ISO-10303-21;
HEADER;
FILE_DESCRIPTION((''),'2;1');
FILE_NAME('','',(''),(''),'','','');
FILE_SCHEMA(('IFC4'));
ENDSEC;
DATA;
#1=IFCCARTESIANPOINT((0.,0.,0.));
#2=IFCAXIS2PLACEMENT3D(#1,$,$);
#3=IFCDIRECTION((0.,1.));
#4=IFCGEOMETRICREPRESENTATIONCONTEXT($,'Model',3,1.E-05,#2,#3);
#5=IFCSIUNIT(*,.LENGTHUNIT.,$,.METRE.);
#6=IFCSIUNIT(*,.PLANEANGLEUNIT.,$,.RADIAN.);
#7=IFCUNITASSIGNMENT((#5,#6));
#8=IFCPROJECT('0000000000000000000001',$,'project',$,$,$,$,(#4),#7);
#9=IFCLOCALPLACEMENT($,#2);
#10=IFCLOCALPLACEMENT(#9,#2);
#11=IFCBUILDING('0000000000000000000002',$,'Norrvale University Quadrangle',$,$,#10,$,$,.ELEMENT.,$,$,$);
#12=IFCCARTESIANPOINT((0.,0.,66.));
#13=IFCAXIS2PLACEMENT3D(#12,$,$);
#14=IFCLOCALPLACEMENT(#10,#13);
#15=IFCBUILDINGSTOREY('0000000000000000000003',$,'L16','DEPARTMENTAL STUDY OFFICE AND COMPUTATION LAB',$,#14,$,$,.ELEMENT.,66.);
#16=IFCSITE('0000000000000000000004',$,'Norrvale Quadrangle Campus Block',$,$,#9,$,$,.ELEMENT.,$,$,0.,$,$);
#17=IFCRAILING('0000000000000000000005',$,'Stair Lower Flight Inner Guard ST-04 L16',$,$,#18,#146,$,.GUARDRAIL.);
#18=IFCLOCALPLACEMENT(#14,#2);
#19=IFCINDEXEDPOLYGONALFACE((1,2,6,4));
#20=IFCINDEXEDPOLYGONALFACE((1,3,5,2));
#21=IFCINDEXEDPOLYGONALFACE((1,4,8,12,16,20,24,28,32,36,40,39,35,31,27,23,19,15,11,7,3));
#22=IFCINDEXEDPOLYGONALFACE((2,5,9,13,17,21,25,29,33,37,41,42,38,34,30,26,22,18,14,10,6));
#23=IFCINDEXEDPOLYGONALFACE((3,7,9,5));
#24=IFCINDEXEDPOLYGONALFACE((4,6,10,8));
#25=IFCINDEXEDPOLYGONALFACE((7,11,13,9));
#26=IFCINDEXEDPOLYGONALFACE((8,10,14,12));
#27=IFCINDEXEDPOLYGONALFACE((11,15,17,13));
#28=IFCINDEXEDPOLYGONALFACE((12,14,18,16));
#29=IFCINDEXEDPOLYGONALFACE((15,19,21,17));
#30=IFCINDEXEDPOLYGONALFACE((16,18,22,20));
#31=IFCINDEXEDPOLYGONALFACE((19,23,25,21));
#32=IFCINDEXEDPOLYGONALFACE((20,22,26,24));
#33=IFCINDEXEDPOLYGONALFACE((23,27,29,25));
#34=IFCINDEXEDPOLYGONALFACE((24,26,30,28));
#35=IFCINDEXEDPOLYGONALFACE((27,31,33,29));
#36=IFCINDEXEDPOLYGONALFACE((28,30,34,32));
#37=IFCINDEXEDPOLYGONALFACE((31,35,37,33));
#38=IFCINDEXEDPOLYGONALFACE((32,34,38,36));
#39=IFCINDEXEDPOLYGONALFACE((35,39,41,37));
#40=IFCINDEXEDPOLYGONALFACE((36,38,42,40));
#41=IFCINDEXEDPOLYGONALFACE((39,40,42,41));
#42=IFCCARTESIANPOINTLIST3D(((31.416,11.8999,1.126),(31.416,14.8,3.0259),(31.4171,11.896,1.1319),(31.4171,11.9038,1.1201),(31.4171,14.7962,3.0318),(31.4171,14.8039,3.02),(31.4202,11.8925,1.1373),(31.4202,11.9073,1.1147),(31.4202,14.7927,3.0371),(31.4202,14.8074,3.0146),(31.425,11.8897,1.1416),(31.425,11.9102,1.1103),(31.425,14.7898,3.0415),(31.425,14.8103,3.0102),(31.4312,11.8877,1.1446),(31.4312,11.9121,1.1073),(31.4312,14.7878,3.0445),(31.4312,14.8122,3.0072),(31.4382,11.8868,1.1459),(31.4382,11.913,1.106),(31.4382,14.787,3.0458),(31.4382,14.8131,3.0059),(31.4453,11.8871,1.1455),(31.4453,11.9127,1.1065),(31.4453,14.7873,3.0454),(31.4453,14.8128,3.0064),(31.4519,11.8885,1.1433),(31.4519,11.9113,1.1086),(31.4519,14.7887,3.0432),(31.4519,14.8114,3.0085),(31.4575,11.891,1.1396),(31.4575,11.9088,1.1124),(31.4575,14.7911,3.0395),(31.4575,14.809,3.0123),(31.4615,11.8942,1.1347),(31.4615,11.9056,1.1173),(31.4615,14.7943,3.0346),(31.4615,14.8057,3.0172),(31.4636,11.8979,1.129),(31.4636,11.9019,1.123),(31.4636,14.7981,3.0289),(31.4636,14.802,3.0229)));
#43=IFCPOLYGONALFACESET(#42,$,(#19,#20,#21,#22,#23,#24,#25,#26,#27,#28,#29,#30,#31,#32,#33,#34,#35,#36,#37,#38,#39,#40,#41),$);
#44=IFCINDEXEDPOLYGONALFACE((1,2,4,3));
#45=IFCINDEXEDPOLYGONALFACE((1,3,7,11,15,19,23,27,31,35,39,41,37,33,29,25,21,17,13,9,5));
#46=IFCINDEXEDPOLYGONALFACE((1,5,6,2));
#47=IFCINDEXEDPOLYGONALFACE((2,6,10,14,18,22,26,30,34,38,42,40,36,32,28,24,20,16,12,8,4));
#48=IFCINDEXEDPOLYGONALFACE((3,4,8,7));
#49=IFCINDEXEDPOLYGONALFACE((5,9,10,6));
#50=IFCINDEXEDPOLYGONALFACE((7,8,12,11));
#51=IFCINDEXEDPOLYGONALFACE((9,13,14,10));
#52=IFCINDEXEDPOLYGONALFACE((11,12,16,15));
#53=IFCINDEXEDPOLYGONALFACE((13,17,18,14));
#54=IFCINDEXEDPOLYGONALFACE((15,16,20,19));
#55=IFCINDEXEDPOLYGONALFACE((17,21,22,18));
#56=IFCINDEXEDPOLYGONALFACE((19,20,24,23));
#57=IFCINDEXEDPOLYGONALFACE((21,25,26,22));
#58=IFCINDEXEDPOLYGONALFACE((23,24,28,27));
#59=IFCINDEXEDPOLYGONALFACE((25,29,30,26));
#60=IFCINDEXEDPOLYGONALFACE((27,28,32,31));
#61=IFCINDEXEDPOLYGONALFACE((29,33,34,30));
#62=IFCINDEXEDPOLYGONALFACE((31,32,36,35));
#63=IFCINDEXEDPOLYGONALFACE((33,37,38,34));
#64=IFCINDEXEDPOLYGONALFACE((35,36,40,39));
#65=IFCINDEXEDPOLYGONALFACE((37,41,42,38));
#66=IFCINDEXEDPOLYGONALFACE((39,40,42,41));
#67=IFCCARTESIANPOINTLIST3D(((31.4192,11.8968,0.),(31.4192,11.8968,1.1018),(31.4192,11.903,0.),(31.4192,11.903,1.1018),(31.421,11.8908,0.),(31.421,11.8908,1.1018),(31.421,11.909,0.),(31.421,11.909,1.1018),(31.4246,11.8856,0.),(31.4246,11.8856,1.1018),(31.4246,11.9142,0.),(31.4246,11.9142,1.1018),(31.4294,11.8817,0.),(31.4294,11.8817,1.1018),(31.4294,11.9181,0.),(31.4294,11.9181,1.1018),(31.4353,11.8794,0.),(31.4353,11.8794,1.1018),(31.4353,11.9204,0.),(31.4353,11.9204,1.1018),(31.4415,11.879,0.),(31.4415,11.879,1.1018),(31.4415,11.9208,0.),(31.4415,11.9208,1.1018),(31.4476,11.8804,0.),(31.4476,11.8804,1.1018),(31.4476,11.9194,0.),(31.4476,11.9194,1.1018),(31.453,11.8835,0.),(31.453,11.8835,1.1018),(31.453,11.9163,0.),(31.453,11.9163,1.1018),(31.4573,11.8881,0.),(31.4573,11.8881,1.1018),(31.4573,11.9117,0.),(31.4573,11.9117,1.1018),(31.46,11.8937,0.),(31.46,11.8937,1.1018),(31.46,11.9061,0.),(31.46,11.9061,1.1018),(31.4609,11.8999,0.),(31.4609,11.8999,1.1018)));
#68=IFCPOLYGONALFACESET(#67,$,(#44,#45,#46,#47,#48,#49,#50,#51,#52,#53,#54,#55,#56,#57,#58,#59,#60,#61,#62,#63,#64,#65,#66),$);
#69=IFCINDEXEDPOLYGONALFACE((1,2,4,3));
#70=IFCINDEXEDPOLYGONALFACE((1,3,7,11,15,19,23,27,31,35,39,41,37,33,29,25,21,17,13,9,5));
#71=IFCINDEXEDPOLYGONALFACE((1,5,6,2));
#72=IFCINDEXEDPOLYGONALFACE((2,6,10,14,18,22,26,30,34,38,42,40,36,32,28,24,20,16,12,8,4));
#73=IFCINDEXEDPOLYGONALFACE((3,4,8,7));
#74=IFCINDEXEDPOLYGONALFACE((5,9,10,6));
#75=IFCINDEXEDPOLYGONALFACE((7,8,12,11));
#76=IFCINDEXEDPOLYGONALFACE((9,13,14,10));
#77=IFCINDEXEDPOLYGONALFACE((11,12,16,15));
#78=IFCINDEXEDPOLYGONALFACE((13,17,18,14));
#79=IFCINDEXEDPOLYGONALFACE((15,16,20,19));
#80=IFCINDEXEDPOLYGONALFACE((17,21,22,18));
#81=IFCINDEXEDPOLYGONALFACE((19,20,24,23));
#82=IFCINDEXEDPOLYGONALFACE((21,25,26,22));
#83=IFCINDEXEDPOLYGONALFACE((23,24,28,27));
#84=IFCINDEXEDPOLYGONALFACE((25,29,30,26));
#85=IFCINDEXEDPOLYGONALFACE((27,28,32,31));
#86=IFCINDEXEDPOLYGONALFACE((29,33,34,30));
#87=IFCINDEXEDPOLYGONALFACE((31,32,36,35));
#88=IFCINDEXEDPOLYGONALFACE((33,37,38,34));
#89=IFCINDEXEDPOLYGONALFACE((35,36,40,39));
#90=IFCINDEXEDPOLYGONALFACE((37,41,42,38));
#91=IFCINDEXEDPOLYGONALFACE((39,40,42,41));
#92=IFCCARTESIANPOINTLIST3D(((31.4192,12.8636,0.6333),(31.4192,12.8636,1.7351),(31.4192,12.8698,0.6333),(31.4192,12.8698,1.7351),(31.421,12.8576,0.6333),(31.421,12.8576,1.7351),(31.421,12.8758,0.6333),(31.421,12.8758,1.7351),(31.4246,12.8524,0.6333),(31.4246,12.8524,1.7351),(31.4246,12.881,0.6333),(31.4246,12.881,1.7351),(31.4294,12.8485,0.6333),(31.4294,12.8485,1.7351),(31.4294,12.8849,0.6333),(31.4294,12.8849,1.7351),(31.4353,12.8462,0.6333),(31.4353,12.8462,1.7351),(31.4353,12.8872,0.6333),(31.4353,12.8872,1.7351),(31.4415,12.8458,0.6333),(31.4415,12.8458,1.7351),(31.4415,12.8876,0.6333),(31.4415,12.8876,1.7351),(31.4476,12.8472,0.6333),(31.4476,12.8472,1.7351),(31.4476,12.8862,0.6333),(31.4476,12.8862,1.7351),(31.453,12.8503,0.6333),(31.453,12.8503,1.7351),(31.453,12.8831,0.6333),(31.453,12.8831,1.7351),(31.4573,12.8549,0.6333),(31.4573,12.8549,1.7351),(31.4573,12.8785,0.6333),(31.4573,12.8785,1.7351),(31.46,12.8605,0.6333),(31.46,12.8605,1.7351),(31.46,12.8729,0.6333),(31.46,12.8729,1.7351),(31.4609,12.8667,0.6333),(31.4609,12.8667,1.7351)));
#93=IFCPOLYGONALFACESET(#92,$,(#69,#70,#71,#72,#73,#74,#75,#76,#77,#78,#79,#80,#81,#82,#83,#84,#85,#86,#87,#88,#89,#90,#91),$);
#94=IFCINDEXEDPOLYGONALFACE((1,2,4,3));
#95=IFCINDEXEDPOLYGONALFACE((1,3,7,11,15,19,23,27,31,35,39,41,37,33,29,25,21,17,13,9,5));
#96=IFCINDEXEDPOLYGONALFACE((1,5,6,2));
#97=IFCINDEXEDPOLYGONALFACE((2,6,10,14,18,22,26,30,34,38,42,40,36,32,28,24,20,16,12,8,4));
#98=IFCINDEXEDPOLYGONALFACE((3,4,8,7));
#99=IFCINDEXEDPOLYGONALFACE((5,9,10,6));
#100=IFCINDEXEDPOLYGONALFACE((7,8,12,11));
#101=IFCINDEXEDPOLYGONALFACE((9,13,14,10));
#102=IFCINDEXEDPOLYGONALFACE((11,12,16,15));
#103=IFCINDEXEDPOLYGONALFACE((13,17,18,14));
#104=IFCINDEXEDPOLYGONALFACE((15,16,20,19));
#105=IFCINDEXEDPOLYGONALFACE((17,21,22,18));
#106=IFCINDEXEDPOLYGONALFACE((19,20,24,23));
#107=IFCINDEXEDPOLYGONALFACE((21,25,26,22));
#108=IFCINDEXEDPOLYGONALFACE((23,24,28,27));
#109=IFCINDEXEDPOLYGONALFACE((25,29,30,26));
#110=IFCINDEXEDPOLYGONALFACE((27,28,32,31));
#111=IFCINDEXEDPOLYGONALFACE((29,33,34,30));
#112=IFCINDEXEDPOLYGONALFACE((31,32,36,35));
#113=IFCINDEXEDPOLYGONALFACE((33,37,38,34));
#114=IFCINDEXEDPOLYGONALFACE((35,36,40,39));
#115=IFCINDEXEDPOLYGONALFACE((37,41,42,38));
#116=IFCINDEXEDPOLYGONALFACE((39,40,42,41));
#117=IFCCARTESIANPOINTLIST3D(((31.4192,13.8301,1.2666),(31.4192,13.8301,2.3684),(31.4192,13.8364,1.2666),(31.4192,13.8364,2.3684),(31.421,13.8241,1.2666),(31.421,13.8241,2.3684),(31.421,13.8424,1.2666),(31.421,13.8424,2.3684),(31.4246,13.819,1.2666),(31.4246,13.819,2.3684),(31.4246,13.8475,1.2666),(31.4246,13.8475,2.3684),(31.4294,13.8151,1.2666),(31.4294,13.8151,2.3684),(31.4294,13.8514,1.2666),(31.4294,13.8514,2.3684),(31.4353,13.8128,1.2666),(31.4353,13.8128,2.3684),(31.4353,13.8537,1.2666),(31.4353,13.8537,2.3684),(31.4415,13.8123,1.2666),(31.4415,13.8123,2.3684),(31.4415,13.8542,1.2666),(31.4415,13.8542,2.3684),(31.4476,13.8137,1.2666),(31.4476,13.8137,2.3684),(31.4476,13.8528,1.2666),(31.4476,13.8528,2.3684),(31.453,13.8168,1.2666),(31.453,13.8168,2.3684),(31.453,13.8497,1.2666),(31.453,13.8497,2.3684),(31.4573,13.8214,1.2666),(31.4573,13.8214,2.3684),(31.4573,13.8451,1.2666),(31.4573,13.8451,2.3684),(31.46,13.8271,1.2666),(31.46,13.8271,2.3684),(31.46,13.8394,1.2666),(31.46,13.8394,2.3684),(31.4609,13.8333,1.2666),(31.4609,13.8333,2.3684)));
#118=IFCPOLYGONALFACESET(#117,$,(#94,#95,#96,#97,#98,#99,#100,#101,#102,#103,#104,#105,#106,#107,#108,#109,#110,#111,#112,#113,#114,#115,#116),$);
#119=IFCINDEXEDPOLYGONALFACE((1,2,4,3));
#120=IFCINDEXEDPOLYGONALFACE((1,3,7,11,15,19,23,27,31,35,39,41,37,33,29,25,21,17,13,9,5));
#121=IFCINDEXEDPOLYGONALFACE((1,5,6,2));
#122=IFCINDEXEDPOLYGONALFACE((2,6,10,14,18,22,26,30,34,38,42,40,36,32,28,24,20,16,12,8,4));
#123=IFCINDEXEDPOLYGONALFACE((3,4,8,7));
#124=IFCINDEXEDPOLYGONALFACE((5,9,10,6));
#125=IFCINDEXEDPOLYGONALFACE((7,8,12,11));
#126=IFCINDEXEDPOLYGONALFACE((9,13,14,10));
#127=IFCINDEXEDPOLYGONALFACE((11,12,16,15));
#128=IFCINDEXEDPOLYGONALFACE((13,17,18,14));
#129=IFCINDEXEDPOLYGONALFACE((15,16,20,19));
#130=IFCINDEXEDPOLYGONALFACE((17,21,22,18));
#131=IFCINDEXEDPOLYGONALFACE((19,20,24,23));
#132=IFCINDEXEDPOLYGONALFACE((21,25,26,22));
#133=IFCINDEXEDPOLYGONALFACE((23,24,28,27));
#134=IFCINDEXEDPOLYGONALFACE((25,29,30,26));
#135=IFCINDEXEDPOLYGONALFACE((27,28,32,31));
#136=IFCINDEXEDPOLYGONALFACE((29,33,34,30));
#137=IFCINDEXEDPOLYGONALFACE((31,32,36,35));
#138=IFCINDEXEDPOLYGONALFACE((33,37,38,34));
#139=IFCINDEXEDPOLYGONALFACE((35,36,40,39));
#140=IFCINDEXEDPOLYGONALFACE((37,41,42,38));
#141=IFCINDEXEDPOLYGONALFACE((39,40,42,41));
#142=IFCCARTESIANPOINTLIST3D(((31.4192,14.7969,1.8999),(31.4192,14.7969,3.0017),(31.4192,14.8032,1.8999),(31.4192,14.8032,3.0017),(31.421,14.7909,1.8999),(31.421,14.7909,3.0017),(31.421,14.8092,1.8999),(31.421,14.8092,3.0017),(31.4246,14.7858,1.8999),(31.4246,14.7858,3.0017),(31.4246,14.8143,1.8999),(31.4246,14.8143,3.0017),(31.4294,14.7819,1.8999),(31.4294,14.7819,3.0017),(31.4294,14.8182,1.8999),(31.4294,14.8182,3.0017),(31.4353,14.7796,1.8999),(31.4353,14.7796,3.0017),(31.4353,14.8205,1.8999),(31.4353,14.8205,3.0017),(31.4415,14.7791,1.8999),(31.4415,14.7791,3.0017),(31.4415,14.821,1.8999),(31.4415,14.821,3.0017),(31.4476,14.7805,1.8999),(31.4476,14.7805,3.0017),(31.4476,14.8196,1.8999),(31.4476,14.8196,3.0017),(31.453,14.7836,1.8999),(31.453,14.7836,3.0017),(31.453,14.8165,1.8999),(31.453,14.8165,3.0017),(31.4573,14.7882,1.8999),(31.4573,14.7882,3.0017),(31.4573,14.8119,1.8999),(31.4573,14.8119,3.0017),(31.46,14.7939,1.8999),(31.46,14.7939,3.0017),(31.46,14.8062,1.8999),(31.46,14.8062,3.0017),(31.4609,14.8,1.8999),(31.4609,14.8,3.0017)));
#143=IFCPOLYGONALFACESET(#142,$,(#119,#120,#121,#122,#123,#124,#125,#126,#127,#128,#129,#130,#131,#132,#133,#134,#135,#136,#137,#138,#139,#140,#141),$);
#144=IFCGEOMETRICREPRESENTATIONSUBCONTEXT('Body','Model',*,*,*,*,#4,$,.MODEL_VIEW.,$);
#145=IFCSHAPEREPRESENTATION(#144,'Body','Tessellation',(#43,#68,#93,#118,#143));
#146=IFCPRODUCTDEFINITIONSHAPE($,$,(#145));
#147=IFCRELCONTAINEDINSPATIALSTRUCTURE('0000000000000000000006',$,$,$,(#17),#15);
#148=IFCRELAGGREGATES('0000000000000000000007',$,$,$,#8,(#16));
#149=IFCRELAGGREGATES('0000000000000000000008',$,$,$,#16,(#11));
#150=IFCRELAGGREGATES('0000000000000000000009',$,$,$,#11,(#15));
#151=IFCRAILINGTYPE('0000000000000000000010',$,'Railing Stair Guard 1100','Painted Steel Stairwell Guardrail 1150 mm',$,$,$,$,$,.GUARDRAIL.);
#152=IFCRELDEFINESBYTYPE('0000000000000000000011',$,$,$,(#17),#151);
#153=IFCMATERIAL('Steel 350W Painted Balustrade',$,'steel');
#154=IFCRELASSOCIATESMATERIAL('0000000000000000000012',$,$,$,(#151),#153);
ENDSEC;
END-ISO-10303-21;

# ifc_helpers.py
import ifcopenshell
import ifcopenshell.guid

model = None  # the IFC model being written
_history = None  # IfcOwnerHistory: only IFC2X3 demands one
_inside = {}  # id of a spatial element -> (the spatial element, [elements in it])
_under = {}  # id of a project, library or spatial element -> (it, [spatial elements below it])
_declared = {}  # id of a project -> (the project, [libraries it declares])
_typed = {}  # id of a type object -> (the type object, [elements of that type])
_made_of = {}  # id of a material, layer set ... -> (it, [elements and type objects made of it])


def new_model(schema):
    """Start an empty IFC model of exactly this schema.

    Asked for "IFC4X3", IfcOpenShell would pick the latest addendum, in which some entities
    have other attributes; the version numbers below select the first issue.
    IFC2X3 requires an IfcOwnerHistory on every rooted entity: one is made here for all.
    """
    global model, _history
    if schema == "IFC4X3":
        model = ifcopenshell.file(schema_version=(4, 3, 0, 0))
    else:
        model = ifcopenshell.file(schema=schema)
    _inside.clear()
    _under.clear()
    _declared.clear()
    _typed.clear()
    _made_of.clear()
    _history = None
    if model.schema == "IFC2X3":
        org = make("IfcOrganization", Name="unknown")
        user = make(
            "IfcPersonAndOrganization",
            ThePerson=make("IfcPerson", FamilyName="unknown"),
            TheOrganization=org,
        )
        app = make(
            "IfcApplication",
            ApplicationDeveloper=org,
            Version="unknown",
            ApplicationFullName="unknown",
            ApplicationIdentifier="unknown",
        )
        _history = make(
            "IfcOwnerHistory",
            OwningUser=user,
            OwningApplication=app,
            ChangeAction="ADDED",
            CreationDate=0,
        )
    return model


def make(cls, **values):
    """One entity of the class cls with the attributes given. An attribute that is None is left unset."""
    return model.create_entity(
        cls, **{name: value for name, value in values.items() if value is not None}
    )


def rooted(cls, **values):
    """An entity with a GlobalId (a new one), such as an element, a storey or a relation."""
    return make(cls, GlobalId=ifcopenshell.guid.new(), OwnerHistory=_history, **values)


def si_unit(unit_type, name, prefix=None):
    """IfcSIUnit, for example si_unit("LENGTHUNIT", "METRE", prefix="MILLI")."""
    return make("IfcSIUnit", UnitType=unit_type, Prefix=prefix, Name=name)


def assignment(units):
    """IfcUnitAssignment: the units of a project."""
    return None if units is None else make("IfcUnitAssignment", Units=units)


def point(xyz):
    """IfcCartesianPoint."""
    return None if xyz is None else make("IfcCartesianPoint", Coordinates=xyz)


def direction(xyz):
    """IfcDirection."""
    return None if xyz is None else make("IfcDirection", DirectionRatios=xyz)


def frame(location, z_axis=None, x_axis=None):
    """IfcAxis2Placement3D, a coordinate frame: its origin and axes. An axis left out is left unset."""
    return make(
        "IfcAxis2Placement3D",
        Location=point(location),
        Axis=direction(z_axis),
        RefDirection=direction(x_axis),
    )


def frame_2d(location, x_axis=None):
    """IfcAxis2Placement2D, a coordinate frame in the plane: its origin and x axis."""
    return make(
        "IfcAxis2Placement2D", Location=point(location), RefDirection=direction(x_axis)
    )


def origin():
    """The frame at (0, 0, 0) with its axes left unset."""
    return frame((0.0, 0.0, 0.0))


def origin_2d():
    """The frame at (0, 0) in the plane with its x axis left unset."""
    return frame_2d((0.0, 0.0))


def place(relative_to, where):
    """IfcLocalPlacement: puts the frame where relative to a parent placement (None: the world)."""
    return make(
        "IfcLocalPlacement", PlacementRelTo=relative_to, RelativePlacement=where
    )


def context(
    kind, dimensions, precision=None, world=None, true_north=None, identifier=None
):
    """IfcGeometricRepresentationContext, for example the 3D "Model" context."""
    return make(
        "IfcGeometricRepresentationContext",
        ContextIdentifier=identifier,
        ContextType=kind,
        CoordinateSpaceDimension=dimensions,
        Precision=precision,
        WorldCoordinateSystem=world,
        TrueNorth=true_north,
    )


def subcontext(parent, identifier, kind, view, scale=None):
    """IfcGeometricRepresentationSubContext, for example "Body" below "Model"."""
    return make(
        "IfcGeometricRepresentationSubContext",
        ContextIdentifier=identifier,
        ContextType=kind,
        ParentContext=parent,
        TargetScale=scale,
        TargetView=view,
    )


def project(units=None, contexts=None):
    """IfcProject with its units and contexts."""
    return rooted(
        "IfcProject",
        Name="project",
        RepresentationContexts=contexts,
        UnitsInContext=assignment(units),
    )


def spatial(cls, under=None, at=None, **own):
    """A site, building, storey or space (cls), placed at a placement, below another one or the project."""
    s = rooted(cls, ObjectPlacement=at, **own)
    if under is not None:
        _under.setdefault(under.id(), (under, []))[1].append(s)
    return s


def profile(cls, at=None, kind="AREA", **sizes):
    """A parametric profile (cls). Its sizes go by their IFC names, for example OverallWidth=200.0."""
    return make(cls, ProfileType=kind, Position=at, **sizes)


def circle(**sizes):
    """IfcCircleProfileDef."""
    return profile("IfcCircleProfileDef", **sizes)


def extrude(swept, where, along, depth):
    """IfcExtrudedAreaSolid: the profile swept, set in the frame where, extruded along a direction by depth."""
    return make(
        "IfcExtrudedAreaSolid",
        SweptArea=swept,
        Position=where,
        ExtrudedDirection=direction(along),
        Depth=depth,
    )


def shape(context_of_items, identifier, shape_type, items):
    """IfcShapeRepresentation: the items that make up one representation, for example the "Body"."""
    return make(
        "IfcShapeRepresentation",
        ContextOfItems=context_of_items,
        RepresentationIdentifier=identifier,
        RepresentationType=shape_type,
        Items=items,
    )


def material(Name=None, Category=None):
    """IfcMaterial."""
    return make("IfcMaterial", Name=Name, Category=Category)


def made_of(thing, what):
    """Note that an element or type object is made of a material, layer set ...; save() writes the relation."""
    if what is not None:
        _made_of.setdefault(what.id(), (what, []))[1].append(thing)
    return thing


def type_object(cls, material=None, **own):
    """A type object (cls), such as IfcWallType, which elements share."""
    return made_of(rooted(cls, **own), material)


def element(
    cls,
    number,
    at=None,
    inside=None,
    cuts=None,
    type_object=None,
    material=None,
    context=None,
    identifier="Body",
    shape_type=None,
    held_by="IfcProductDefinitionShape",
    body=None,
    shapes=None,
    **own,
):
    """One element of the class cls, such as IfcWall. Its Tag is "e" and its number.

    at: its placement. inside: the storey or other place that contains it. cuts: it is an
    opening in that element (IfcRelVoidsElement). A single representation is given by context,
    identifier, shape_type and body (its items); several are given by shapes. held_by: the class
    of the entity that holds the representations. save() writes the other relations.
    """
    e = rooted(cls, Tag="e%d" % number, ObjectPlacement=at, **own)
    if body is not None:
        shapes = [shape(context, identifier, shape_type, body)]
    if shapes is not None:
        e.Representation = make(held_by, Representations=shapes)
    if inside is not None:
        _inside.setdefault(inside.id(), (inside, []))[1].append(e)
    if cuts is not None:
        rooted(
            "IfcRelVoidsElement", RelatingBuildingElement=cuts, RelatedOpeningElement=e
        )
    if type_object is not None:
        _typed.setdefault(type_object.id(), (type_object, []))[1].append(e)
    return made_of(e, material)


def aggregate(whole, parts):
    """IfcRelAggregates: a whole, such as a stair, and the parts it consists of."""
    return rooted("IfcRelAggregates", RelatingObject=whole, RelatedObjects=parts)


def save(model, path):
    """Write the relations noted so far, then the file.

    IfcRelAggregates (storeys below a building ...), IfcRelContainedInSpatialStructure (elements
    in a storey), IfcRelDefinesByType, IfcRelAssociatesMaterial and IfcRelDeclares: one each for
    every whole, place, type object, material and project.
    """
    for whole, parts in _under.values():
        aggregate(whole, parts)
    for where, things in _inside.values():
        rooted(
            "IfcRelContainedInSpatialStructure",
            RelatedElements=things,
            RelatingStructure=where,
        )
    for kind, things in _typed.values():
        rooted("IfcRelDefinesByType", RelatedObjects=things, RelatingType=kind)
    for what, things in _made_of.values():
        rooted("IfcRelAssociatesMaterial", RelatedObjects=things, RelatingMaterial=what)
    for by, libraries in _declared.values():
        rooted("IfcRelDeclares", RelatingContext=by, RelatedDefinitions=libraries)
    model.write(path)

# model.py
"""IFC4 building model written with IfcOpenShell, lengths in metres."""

from ifc_helpers import new_model, si_unit, direction, frame, origin, origin_2d, place, context, subcontext, project, spatial, circle, extrude, material, type_object, element, save


model = new_model("IFC4")

# Units and contexts
model_context = context("Model", 3, precision=1e-05, world=origin(), true_north=direction((0.0, 1.0)))
body_context = subcontext(model_context, "Body", "Model", "MODEL_VIEW")
ifc_project = project(units=[si_unit("LENGTHUNIT", "METRE"), si_unit("PLANEANGLEUNIT", "RADIAN")], contexts=[model_context])

# Site, building, storey
site_placement = place(None, origin())
site = spatial("IfcSite", under=ifc_project, at=site_placement, Name="Norrvale Quadrangle Campus Block", CompositionType="ELEMENT", RefElevation=0.0)
building_placement = place(site_placement, origin())
building = spatial("IfcBuilding", under=site, at=building_placement, Name="Norrvale University Quadrangle", CompositionType="ELEMENT")
storey_placement = place(building_placement, frame((0.0, 0.0, 66.0)))
storey = spatial("IfcBuildingStorey", under=building, at=storey_placement, Name="L16", Description="DEPARTMENTAL STUDY OFFICE AND COMPUTATION LAB", CompositionType="ELEMENT", Elevation=66.0)

# Railing
ifc_material_1 = material(Name="Steel 350W Painted Balustrade", Category="steel")
railing_type_1 = type_object("IfcRailingType", Name="Railing Stair Guard 1100", Description="Painted Steel Stairwell Guardrail 1150 mm", PredefinedType="GUARDRAIL", material=ifc_material_1)
railing_1_placement = place(storey_placement, frame((31.4399, 11.8999, 0.0)))
element("IfcRailing", 1, at=railing_1_placement, inside=storey, type_object=railing_type_1, Name="Stair Lower Flight Inner Guard ST-04 L16", PredefinedType="GUARDRAIL", context=body_context, shape_type="SweptSolid", body=[
    extrude(circle(Radius=0.0239, at=origin_2d()), frame((0.0, 0.0, 1.126), z_axis=(0.0, 0.836487, 0.547987), x_axis=(-1.0, 0.0, 0.0)), (0.0, 0.0, 1.0), 3.467),
    extrude(circle(Radius=0.021, at=origin_2d()), origin(), (0.0, 0.0, 1.0), 1.1018),
    extrude(circle(Radius=0.021, at=origin_2d()), frame((0.0, 0.9668, 0.6333)), (0.0, 0.0, 1.0), 1.1018),
    extrude(circle(Radius=0.021, at=origin_2d()), frame((0.0, 1.9333, 1.2666)), (0.0, 0.0, 1.0), 1.1018),
    extrude(circle(Radius=0.021, at=origin_2d()), frame((0.0, 2.9001, 1.8999)), (0.0, 0.0, 1.0), 1.1018),
])

save(model, "model.ifc")
